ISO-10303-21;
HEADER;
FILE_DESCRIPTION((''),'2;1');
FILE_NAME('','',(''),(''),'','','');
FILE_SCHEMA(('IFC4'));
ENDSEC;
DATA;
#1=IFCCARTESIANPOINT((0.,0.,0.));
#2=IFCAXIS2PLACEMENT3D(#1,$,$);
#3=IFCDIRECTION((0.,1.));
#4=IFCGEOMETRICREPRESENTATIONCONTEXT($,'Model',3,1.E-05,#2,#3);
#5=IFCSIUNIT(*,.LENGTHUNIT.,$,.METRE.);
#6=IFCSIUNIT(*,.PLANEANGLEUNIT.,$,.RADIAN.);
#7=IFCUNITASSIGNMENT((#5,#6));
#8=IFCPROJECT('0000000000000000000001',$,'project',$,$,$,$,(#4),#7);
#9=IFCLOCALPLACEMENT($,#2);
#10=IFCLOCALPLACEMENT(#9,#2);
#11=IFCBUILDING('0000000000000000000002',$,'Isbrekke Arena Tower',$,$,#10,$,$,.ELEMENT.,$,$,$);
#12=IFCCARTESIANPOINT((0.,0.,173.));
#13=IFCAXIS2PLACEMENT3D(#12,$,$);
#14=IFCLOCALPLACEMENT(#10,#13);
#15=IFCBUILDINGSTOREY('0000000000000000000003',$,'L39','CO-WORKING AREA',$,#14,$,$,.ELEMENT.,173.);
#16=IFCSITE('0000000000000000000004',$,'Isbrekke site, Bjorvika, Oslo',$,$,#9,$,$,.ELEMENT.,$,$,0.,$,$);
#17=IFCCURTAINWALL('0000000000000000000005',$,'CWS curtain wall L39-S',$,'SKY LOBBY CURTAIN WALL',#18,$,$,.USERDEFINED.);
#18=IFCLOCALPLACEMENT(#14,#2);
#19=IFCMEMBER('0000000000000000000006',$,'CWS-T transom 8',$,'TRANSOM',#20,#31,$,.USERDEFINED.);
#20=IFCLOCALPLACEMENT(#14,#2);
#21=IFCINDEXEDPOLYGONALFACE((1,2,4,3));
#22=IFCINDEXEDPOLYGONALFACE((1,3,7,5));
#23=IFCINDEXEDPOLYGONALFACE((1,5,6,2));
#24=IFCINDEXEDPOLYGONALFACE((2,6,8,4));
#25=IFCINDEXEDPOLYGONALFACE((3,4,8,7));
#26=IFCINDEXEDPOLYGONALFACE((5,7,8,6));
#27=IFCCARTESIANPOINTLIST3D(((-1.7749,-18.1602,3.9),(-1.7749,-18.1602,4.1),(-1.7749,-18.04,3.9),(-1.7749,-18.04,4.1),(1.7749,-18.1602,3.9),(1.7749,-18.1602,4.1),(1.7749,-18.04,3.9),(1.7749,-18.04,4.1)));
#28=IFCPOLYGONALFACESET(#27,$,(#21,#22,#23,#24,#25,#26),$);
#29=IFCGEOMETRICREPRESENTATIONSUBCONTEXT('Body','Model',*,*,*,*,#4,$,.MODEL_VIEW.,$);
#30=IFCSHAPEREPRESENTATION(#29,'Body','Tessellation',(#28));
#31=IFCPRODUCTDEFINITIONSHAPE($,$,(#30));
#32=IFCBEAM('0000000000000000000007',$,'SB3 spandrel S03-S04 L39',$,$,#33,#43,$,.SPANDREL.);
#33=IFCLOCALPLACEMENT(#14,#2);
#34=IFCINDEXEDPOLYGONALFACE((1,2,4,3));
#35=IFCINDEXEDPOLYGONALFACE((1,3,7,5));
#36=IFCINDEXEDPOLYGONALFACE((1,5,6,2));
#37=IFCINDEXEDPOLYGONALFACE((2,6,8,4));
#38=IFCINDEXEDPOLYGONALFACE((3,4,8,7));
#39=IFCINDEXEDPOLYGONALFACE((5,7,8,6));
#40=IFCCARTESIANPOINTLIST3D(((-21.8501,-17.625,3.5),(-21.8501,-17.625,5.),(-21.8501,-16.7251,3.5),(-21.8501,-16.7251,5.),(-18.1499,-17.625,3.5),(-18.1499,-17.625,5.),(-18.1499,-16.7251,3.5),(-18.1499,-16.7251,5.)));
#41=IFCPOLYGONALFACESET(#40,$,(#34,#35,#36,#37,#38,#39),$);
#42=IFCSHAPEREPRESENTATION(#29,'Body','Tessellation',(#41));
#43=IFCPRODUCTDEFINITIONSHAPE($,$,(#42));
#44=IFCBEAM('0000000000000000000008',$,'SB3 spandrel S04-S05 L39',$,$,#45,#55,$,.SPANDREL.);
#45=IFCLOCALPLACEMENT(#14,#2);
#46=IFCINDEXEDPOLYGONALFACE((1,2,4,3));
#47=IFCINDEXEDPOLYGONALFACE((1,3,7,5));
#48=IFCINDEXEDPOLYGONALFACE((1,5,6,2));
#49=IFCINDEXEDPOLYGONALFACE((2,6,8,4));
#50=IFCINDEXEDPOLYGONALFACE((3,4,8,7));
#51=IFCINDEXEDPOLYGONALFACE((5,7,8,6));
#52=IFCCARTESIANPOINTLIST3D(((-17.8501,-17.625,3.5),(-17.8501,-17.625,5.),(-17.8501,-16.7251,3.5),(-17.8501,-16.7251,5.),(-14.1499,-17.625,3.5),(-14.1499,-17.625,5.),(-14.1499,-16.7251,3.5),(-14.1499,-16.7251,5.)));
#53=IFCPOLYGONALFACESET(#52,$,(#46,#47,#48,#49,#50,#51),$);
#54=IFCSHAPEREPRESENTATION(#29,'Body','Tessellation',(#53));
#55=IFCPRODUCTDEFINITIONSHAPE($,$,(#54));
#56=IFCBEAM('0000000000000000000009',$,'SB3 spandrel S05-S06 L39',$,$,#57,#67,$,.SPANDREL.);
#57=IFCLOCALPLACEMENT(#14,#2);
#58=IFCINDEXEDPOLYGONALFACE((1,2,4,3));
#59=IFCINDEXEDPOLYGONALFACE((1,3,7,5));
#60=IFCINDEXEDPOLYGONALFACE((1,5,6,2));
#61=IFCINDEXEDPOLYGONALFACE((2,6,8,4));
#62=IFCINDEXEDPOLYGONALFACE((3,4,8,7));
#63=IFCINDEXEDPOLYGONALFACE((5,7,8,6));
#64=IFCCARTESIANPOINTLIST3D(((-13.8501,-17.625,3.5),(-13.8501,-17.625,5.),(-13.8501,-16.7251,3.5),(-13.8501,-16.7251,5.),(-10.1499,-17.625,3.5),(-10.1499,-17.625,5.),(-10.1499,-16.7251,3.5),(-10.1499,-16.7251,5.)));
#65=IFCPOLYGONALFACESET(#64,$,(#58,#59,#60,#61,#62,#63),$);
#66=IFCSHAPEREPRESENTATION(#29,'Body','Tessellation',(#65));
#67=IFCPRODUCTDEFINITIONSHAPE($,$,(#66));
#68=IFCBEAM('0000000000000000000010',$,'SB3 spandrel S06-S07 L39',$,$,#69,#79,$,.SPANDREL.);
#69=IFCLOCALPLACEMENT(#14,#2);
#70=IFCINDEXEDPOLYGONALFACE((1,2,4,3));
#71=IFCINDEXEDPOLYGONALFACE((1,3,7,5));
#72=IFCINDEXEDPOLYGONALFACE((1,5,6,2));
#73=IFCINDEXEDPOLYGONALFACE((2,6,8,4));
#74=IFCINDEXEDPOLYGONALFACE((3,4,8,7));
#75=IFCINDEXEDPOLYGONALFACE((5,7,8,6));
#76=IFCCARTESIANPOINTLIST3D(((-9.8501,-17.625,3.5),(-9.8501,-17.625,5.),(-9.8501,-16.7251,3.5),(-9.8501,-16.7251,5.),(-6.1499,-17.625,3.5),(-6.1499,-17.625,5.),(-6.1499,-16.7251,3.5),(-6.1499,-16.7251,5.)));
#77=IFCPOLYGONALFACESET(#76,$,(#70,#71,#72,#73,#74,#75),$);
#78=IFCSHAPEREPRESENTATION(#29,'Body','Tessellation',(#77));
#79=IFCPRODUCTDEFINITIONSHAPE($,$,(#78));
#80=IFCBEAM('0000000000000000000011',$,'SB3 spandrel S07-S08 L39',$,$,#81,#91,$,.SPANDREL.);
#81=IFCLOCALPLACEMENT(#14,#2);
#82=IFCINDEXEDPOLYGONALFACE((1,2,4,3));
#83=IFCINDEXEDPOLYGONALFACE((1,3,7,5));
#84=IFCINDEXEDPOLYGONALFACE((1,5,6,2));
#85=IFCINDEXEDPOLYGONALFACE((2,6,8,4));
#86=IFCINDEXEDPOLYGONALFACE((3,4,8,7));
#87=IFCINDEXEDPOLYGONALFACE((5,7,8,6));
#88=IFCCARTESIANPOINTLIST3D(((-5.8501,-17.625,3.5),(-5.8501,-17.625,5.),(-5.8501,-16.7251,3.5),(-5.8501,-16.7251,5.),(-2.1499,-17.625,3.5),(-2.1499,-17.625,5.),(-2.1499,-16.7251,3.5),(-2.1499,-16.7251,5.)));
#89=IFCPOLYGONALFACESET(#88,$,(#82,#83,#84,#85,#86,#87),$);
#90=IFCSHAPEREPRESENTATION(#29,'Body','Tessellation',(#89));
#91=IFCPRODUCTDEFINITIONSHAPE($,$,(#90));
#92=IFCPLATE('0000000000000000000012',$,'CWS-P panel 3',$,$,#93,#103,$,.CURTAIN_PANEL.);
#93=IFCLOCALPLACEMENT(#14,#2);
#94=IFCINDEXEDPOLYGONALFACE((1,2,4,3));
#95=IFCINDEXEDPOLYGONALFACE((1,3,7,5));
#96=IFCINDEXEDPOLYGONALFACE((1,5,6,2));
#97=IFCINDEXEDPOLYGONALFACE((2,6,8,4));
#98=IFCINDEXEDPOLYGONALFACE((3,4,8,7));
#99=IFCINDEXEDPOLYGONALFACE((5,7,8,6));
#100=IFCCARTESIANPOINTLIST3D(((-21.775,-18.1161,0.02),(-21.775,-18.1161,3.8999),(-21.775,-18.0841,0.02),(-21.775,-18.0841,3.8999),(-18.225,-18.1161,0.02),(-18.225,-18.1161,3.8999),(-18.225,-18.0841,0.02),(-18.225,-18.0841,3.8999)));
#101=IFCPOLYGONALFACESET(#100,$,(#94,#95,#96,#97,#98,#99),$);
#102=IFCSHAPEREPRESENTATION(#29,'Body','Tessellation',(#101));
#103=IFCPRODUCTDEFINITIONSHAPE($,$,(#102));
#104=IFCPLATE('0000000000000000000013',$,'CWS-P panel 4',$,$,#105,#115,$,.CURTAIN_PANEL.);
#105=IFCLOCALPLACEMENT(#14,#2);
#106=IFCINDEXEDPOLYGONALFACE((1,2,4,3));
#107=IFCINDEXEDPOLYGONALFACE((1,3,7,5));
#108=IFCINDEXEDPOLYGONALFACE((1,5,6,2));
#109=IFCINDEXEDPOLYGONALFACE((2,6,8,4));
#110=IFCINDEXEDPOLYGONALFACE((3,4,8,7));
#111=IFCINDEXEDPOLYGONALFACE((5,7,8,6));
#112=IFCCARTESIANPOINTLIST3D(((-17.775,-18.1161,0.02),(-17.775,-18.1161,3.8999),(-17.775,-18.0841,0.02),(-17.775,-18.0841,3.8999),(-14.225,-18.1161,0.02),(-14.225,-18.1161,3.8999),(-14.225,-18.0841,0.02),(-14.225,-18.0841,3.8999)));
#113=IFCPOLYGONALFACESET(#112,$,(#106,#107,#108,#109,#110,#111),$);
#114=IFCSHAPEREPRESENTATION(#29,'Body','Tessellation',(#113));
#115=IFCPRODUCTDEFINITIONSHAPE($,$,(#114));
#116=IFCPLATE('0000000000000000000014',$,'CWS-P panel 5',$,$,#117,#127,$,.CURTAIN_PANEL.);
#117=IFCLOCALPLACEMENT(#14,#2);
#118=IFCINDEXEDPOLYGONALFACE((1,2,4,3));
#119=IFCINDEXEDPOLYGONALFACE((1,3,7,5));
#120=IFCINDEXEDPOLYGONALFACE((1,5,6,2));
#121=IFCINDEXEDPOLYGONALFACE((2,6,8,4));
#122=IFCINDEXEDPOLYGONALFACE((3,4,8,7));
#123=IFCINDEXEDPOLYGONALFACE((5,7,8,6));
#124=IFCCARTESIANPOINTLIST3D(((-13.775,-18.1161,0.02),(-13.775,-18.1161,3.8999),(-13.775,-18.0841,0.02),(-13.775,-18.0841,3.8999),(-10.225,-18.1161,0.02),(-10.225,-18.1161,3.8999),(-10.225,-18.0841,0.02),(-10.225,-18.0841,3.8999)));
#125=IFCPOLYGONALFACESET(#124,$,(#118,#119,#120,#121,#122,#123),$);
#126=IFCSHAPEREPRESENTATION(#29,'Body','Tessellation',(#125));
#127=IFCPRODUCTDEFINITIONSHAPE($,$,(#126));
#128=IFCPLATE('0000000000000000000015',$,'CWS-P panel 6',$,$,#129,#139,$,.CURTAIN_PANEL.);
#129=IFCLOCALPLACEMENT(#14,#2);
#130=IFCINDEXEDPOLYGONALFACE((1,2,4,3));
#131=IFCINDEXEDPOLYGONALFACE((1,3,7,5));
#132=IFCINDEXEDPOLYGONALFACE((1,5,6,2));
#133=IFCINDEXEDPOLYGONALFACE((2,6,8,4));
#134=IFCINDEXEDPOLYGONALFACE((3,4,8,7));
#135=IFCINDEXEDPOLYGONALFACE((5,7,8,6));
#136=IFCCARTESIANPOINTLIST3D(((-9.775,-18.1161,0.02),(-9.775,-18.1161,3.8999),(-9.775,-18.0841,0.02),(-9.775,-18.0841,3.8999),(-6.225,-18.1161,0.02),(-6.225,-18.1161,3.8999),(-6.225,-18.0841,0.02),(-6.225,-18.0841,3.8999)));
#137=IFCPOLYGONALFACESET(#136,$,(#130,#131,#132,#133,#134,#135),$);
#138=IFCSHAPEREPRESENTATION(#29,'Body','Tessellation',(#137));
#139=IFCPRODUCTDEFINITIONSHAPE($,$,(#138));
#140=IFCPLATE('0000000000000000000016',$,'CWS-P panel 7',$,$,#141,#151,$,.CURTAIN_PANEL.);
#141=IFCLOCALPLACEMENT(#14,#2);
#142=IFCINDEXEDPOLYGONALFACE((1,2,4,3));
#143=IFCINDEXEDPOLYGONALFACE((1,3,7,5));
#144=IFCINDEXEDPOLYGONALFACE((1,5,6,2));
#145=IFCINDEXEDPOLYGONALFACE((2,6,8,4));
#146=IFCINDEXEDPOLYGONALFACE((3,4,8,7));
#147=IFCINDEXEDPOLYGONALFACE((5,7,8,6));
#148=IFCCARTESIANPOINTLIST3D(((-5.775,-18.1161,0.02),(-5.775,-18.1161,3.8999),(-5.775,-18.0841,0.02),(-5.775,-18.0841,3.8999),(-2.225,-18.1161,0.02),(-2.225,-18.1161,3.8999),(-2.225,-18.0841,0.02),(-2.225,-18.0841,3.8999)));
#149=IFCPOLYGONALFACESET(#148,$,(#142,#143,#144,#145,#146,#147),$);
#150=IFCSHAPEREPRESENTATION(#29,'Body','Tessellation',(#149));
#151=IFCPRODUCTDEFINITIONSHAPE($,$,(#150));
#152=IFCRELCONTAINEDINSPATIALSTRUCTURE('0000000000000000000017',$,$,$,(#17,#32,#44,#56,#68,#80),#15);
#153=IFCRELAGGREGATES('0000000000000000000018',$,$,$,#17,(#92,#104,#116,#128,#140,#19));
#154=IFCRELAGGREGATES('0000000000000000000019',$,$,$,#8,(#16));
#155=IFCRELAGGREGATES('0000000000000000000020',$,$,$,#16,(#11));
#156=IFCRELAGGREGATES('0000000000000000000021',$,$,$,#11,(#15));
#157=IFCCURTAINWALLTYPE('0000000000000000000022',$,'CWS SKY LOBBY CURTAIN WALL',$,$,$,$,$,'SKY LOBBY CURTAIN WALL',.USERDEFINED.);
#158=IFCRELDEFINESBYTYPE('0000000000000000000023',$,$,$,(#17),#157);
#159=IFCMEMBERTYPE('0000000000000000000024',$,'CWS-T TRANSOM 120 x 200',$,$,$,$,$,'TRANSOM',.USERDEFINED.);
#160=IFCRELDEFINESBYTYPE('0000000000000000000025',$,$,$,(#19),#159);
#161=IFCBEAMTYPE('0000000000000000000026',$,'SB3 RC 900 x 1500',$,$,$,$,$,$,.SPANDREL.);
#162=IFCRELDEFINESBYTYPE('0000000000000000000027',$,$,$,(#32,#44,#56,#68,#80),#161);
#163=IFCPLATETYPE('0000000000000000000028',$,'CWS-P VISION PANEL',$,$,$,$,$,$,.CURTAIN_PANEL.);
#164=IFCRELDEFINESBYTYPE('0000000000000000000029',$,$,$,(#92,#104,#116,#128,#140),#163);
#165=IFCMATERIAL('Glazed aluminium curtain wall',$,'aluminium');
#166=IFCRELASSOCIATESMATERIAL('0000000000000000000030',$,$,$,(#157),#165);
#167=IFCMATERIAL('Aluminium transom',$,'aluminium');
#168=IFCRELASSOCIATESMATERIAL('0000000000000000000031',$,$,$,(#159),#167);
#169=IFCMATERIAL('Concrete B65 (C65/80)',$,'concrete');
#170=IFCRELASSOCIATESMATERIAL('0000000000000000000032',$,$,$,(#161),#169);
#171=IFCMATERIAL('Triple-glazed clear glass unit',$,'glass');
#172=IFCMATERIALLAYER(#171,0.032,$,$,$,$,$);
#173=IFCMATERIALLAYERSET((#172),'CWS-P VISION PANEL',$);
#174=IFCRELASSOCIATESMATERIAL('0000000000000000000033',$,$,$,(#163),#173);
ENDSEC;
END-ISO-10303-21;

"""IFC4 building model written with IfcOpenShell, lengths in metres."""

from ifc_helpers import new_model, si_unit, direction, frame, origin, origin_2d, place, context, subcontext, project, spatial, rectangle, extrude, material, layer, layer_set, material_profile, profile_set, type_object, element, aggregate, save


model = new_model("IFC4")

# Units and contexts
model_context = context("Model", 3, precision=1e-05, world=origin(), true_north=direction((0.0, 1.0)))
body_context = subcontext(model_context, "Body", "Model", "MODEL_VIEW")
ifc_project = project(units=[si_unit("LENGTHUNIT", "METRE"), si_unit("PLANEANGLEUNIT", "RADIAN")], contexts=[model_context])

# Site, building, storey
site_placement = place(None, origin())
site = spatial("IfcSite", under=ifc_project, at=site_placement, Name="Isbrekke site, Bjorvika, Oslo", CompositionType="ELEMENT", RefElevation=0.0)
building_placement = place(site_placement, origin())
building = spatial("IfcBuilding", under=site, at=building_placement, Name="Isbrekke Arena Tower", CompositionType="ELEMENT")
storey_placement = place(building_placement, frame((0.0, 0.0, 173.0)))
storey = spatial("IfcBuildingStorey", under=building, at=storey_placement, Name="L39", Description="CO-WORKING AREA", CompositionType="ELEMENT", Elevation=173.0)

# Curtain wall, member
ifc_material_1 = material(Name="Glazed aluminium curtain wall", Category="aluminium")
curtain_wall_type = type_object("IfcCurtainWallType", Name="CWS SKY LOBBY CURTAIN WALL", ElementType="SKY LOBBY CURTAIN WALL", PredefinedType="USERDEFINED", material=ifc_material_1)
curtain_wall_placement = place(storey_placement, origin())
curtain_wall = element("IfcCurtainWall", 1, at=curtain_wall_placement, inside=storey, type_object=curtain_wall_type, Name="CWS curtain wall L39-S", ObjectType="SKY LOBBY CURTAIN WALL", PredefinedType="USERDEFINED")
ifc_material_2 = material(Name="Aluminium transom", Category="aluminium")
ifc_material_profile_1 = material_profile(ifc_material_2, rectangle(XDim=0.1201, YDim=0.2, at=origin_2d()), Name="TRANSOM 120X200")
ifc_profile_set_1 = profile_set([ifc_material_profile_1], Name="Aluminium transom")
member_type_1 = type_object("IfcMemberType", Name="CWS-T TRANSOM 120 x 200", ElementType="TRANSOM", PredefinedType="USERDEFINED", material=ifc_profile_set_1)
member_1_placement = place(storey_placement, frame((-1.7749, -18.1001, 4.0), z_axis=(1.0, 0.0, 0.0), x_axis=(0.0, 1.0, 0.0)))
member_1 = element("IfcMember", 2, at=member_1_placement, type_object=member_type_1, Name="CWS-T transom 8", ObjectType="TRANSOM", PredefinedType="USERDEFINED", context=body_context, shape_type="SweptSolid", body=[
    extrude(rectangle(XDim=0.1201, YDim=0.2, at=origin_2d()), origin(), (0.0, 0.0, 1.0), 3.5498),
])

# Beams
ifc_material_3 = material(Name="Concrete B65 (C65/80)", Category="concrete")
ifc_material_profile_2 = material_profile(ifc_material_3, rectangle(XDim=0.8999, YDim=1.5, at=origin_2d()), Name="RC 900x1500")
ifc_profile_set_2 = profile_set([ifc_material_profile_2], Name="Concrete B65 (C65/80)")
beam_type = type_object("IfcBeamType", Name="SB3 RC 900 x 1500", PredefinedType="SPANDREL", material=ifc_profile_set_2)
for number, where, z_axis, x_axis, name in (
    (3, (-21.8501, -17.175, 4.25), (1.0, 0.0, 0.0), (0.0, 1.0, 0.0), "SB3 spandrel S03-S04 L39"),
    (4, (-17.8501, -17.175, 4.25), (1.0, 0.0, 0.0), (0.0, 1.0, 0.0), "SB3 spandrel S04-S05 L39"),
    (5, (-13.8501, -17.175, 4.25), (1.0, 0.0, 0.0), (0.0, 1.0, 0.0), "SB3 spandrel S05-S06 L39"),
    (6, (-9.8501, -17.175, 4.25), (1.0, 0.0, 0.0), (0.0, 1.0, 0.0), "SB3 spandrel S06-S07 L39"),
    (7, (-5.8501, -17.175, 4.25), (1.0, 0.0, 0.0), (0.0, 1.0, 0.0), "SB3 spandrel S07-S08 L39"),
):
    element("IfcBeam", number, at=place(storey_placement, frame(where, z_axis=z_axis, x_axis=x_axis)), inside=storey, type_object=beam_type, Name=name, PredefinedType="SPANDREL", context=body_context, shape_type="SweptSolid", body=[
        extrude(rectangle(XDim=0.8999, YDim=1.5, at=origin_2d()), origin(), (0.0, 0.0, 1.0), 3.7002),
    ])

# Plates
ifc_material_4 = material(Name="Triple-glazed clear glass unit", Category="glass")
ifc_layer = layer(ifc_material_4, 0.032)
ifc_layer_set = layer_set([ifc_layer], Name="CWS-P VISION PANEL")
plate_type = type_object("IfcPlateType", Name="CWS-P VISION PANEL", PredefinedType="CURTAIN_PANEL", material=ifc_layer_set)
plate_1_placement = place(storey_placement, frame((-20.0, -18.1001, 0.02), z_axis=(0.0, 0.0, 1.0), x_axis=(1.0, 0.0, 0.0)))
plate_1 = element("IfcPlate", 8, at=plate_1_placement, type_object=plate_type, Name="CWS-P panel 3", PredefinedType="CURTAIN_PANEL", context=body_context, shape_type="SweptSolid", body=[
    extrude(rectangle(XDim=3.55, YDim=0.032, at=origin_2d()), origin(), (0.0, 0.0, 1.0), 3.8799),
])
plate_2_placement = place(storey_placement, frame((-16.0, -18.1001, 0.02), z_axis=(0.0, 0.0, 1.0), x_axis=(1.0, 0.0, 0.0)))
plate_2 = element("IfcPlate", 9, at=plate_2_placement, type_object=plate_type, Name="CWS-P panel 4", PredefinedType="CURTAIN_PANEL", context=body_context, shape_type="SweptSolid", body=[
    extrude(rectangle(XDim=3.55, YDim=0.032, at=origin_2d()), origin(), (0.0, 0.0, 1.0), 3.8799),
])
plate_3_placement = place(storey_placement, frame((-12.0, -18.1001, 0.02), z_axis=(0.0, 0.0, 1.0), x_axis=(1.0, 0.0, 0.0)))
plate_3 = element("IfcPlate", 10, at=plate_3_placement, type_object=plate_type, Name="CWS-P panel 5", PredefinedType="CURTAIN_PANEL", context=body_context, shape_type="SweptSolid", body=[
    extrude(rectangle(XDim=3.55, YDim=0.032, at=origin_2d()), origin(), (0.0, 0.0, 1.0), 3.8799),
])
plate_4_placement = place(storey_placement, frame((-8.0, -18.1001, 0.02), z_axis=(0.0, 0.0, 1.0), x_axis=(1.0, 0.0, 0.0)))
plate_4 = element("IfcPlate", 11, at=plate_4_placement, type_object=plate_type, Name="CWS-P panel 6", PredefinedType="CURTAIN_PANEL", context=body_context, shape_type="SweptSolid", body=[
    extrude(rectangle(XDim=3.55, YDim=0.032, at=origin_2d()), origin(), (0.0, 0.0, 1.0), 3.8799),
])
plate_5_placement = place(storey_placement, frame((-4.0, -18.1001, 0.02), z_axis=(0.0, 0.0, 1.0), x_axis=(1.0, 0.0, 0.0)))
plate_5 = element("IfcPlate", 12, at=plate_5_placement, type_object=plate_type, Name="CWS-P panel 7", PredefinedType="CURTAIN_PANEL", context=body_context, shape_type="SweptSolid", body=[
    extrude(rectangle(XDim=3.55, YDim=0.032, at=origin_2d()), origin(), (0.0, 0.0, 1.0), 3.8799),
])
aggregate(curtain_wall, [plate_1, plate_2, plate_3, plate_4, plate_5, member_1])

save(model, "model.ifc")
